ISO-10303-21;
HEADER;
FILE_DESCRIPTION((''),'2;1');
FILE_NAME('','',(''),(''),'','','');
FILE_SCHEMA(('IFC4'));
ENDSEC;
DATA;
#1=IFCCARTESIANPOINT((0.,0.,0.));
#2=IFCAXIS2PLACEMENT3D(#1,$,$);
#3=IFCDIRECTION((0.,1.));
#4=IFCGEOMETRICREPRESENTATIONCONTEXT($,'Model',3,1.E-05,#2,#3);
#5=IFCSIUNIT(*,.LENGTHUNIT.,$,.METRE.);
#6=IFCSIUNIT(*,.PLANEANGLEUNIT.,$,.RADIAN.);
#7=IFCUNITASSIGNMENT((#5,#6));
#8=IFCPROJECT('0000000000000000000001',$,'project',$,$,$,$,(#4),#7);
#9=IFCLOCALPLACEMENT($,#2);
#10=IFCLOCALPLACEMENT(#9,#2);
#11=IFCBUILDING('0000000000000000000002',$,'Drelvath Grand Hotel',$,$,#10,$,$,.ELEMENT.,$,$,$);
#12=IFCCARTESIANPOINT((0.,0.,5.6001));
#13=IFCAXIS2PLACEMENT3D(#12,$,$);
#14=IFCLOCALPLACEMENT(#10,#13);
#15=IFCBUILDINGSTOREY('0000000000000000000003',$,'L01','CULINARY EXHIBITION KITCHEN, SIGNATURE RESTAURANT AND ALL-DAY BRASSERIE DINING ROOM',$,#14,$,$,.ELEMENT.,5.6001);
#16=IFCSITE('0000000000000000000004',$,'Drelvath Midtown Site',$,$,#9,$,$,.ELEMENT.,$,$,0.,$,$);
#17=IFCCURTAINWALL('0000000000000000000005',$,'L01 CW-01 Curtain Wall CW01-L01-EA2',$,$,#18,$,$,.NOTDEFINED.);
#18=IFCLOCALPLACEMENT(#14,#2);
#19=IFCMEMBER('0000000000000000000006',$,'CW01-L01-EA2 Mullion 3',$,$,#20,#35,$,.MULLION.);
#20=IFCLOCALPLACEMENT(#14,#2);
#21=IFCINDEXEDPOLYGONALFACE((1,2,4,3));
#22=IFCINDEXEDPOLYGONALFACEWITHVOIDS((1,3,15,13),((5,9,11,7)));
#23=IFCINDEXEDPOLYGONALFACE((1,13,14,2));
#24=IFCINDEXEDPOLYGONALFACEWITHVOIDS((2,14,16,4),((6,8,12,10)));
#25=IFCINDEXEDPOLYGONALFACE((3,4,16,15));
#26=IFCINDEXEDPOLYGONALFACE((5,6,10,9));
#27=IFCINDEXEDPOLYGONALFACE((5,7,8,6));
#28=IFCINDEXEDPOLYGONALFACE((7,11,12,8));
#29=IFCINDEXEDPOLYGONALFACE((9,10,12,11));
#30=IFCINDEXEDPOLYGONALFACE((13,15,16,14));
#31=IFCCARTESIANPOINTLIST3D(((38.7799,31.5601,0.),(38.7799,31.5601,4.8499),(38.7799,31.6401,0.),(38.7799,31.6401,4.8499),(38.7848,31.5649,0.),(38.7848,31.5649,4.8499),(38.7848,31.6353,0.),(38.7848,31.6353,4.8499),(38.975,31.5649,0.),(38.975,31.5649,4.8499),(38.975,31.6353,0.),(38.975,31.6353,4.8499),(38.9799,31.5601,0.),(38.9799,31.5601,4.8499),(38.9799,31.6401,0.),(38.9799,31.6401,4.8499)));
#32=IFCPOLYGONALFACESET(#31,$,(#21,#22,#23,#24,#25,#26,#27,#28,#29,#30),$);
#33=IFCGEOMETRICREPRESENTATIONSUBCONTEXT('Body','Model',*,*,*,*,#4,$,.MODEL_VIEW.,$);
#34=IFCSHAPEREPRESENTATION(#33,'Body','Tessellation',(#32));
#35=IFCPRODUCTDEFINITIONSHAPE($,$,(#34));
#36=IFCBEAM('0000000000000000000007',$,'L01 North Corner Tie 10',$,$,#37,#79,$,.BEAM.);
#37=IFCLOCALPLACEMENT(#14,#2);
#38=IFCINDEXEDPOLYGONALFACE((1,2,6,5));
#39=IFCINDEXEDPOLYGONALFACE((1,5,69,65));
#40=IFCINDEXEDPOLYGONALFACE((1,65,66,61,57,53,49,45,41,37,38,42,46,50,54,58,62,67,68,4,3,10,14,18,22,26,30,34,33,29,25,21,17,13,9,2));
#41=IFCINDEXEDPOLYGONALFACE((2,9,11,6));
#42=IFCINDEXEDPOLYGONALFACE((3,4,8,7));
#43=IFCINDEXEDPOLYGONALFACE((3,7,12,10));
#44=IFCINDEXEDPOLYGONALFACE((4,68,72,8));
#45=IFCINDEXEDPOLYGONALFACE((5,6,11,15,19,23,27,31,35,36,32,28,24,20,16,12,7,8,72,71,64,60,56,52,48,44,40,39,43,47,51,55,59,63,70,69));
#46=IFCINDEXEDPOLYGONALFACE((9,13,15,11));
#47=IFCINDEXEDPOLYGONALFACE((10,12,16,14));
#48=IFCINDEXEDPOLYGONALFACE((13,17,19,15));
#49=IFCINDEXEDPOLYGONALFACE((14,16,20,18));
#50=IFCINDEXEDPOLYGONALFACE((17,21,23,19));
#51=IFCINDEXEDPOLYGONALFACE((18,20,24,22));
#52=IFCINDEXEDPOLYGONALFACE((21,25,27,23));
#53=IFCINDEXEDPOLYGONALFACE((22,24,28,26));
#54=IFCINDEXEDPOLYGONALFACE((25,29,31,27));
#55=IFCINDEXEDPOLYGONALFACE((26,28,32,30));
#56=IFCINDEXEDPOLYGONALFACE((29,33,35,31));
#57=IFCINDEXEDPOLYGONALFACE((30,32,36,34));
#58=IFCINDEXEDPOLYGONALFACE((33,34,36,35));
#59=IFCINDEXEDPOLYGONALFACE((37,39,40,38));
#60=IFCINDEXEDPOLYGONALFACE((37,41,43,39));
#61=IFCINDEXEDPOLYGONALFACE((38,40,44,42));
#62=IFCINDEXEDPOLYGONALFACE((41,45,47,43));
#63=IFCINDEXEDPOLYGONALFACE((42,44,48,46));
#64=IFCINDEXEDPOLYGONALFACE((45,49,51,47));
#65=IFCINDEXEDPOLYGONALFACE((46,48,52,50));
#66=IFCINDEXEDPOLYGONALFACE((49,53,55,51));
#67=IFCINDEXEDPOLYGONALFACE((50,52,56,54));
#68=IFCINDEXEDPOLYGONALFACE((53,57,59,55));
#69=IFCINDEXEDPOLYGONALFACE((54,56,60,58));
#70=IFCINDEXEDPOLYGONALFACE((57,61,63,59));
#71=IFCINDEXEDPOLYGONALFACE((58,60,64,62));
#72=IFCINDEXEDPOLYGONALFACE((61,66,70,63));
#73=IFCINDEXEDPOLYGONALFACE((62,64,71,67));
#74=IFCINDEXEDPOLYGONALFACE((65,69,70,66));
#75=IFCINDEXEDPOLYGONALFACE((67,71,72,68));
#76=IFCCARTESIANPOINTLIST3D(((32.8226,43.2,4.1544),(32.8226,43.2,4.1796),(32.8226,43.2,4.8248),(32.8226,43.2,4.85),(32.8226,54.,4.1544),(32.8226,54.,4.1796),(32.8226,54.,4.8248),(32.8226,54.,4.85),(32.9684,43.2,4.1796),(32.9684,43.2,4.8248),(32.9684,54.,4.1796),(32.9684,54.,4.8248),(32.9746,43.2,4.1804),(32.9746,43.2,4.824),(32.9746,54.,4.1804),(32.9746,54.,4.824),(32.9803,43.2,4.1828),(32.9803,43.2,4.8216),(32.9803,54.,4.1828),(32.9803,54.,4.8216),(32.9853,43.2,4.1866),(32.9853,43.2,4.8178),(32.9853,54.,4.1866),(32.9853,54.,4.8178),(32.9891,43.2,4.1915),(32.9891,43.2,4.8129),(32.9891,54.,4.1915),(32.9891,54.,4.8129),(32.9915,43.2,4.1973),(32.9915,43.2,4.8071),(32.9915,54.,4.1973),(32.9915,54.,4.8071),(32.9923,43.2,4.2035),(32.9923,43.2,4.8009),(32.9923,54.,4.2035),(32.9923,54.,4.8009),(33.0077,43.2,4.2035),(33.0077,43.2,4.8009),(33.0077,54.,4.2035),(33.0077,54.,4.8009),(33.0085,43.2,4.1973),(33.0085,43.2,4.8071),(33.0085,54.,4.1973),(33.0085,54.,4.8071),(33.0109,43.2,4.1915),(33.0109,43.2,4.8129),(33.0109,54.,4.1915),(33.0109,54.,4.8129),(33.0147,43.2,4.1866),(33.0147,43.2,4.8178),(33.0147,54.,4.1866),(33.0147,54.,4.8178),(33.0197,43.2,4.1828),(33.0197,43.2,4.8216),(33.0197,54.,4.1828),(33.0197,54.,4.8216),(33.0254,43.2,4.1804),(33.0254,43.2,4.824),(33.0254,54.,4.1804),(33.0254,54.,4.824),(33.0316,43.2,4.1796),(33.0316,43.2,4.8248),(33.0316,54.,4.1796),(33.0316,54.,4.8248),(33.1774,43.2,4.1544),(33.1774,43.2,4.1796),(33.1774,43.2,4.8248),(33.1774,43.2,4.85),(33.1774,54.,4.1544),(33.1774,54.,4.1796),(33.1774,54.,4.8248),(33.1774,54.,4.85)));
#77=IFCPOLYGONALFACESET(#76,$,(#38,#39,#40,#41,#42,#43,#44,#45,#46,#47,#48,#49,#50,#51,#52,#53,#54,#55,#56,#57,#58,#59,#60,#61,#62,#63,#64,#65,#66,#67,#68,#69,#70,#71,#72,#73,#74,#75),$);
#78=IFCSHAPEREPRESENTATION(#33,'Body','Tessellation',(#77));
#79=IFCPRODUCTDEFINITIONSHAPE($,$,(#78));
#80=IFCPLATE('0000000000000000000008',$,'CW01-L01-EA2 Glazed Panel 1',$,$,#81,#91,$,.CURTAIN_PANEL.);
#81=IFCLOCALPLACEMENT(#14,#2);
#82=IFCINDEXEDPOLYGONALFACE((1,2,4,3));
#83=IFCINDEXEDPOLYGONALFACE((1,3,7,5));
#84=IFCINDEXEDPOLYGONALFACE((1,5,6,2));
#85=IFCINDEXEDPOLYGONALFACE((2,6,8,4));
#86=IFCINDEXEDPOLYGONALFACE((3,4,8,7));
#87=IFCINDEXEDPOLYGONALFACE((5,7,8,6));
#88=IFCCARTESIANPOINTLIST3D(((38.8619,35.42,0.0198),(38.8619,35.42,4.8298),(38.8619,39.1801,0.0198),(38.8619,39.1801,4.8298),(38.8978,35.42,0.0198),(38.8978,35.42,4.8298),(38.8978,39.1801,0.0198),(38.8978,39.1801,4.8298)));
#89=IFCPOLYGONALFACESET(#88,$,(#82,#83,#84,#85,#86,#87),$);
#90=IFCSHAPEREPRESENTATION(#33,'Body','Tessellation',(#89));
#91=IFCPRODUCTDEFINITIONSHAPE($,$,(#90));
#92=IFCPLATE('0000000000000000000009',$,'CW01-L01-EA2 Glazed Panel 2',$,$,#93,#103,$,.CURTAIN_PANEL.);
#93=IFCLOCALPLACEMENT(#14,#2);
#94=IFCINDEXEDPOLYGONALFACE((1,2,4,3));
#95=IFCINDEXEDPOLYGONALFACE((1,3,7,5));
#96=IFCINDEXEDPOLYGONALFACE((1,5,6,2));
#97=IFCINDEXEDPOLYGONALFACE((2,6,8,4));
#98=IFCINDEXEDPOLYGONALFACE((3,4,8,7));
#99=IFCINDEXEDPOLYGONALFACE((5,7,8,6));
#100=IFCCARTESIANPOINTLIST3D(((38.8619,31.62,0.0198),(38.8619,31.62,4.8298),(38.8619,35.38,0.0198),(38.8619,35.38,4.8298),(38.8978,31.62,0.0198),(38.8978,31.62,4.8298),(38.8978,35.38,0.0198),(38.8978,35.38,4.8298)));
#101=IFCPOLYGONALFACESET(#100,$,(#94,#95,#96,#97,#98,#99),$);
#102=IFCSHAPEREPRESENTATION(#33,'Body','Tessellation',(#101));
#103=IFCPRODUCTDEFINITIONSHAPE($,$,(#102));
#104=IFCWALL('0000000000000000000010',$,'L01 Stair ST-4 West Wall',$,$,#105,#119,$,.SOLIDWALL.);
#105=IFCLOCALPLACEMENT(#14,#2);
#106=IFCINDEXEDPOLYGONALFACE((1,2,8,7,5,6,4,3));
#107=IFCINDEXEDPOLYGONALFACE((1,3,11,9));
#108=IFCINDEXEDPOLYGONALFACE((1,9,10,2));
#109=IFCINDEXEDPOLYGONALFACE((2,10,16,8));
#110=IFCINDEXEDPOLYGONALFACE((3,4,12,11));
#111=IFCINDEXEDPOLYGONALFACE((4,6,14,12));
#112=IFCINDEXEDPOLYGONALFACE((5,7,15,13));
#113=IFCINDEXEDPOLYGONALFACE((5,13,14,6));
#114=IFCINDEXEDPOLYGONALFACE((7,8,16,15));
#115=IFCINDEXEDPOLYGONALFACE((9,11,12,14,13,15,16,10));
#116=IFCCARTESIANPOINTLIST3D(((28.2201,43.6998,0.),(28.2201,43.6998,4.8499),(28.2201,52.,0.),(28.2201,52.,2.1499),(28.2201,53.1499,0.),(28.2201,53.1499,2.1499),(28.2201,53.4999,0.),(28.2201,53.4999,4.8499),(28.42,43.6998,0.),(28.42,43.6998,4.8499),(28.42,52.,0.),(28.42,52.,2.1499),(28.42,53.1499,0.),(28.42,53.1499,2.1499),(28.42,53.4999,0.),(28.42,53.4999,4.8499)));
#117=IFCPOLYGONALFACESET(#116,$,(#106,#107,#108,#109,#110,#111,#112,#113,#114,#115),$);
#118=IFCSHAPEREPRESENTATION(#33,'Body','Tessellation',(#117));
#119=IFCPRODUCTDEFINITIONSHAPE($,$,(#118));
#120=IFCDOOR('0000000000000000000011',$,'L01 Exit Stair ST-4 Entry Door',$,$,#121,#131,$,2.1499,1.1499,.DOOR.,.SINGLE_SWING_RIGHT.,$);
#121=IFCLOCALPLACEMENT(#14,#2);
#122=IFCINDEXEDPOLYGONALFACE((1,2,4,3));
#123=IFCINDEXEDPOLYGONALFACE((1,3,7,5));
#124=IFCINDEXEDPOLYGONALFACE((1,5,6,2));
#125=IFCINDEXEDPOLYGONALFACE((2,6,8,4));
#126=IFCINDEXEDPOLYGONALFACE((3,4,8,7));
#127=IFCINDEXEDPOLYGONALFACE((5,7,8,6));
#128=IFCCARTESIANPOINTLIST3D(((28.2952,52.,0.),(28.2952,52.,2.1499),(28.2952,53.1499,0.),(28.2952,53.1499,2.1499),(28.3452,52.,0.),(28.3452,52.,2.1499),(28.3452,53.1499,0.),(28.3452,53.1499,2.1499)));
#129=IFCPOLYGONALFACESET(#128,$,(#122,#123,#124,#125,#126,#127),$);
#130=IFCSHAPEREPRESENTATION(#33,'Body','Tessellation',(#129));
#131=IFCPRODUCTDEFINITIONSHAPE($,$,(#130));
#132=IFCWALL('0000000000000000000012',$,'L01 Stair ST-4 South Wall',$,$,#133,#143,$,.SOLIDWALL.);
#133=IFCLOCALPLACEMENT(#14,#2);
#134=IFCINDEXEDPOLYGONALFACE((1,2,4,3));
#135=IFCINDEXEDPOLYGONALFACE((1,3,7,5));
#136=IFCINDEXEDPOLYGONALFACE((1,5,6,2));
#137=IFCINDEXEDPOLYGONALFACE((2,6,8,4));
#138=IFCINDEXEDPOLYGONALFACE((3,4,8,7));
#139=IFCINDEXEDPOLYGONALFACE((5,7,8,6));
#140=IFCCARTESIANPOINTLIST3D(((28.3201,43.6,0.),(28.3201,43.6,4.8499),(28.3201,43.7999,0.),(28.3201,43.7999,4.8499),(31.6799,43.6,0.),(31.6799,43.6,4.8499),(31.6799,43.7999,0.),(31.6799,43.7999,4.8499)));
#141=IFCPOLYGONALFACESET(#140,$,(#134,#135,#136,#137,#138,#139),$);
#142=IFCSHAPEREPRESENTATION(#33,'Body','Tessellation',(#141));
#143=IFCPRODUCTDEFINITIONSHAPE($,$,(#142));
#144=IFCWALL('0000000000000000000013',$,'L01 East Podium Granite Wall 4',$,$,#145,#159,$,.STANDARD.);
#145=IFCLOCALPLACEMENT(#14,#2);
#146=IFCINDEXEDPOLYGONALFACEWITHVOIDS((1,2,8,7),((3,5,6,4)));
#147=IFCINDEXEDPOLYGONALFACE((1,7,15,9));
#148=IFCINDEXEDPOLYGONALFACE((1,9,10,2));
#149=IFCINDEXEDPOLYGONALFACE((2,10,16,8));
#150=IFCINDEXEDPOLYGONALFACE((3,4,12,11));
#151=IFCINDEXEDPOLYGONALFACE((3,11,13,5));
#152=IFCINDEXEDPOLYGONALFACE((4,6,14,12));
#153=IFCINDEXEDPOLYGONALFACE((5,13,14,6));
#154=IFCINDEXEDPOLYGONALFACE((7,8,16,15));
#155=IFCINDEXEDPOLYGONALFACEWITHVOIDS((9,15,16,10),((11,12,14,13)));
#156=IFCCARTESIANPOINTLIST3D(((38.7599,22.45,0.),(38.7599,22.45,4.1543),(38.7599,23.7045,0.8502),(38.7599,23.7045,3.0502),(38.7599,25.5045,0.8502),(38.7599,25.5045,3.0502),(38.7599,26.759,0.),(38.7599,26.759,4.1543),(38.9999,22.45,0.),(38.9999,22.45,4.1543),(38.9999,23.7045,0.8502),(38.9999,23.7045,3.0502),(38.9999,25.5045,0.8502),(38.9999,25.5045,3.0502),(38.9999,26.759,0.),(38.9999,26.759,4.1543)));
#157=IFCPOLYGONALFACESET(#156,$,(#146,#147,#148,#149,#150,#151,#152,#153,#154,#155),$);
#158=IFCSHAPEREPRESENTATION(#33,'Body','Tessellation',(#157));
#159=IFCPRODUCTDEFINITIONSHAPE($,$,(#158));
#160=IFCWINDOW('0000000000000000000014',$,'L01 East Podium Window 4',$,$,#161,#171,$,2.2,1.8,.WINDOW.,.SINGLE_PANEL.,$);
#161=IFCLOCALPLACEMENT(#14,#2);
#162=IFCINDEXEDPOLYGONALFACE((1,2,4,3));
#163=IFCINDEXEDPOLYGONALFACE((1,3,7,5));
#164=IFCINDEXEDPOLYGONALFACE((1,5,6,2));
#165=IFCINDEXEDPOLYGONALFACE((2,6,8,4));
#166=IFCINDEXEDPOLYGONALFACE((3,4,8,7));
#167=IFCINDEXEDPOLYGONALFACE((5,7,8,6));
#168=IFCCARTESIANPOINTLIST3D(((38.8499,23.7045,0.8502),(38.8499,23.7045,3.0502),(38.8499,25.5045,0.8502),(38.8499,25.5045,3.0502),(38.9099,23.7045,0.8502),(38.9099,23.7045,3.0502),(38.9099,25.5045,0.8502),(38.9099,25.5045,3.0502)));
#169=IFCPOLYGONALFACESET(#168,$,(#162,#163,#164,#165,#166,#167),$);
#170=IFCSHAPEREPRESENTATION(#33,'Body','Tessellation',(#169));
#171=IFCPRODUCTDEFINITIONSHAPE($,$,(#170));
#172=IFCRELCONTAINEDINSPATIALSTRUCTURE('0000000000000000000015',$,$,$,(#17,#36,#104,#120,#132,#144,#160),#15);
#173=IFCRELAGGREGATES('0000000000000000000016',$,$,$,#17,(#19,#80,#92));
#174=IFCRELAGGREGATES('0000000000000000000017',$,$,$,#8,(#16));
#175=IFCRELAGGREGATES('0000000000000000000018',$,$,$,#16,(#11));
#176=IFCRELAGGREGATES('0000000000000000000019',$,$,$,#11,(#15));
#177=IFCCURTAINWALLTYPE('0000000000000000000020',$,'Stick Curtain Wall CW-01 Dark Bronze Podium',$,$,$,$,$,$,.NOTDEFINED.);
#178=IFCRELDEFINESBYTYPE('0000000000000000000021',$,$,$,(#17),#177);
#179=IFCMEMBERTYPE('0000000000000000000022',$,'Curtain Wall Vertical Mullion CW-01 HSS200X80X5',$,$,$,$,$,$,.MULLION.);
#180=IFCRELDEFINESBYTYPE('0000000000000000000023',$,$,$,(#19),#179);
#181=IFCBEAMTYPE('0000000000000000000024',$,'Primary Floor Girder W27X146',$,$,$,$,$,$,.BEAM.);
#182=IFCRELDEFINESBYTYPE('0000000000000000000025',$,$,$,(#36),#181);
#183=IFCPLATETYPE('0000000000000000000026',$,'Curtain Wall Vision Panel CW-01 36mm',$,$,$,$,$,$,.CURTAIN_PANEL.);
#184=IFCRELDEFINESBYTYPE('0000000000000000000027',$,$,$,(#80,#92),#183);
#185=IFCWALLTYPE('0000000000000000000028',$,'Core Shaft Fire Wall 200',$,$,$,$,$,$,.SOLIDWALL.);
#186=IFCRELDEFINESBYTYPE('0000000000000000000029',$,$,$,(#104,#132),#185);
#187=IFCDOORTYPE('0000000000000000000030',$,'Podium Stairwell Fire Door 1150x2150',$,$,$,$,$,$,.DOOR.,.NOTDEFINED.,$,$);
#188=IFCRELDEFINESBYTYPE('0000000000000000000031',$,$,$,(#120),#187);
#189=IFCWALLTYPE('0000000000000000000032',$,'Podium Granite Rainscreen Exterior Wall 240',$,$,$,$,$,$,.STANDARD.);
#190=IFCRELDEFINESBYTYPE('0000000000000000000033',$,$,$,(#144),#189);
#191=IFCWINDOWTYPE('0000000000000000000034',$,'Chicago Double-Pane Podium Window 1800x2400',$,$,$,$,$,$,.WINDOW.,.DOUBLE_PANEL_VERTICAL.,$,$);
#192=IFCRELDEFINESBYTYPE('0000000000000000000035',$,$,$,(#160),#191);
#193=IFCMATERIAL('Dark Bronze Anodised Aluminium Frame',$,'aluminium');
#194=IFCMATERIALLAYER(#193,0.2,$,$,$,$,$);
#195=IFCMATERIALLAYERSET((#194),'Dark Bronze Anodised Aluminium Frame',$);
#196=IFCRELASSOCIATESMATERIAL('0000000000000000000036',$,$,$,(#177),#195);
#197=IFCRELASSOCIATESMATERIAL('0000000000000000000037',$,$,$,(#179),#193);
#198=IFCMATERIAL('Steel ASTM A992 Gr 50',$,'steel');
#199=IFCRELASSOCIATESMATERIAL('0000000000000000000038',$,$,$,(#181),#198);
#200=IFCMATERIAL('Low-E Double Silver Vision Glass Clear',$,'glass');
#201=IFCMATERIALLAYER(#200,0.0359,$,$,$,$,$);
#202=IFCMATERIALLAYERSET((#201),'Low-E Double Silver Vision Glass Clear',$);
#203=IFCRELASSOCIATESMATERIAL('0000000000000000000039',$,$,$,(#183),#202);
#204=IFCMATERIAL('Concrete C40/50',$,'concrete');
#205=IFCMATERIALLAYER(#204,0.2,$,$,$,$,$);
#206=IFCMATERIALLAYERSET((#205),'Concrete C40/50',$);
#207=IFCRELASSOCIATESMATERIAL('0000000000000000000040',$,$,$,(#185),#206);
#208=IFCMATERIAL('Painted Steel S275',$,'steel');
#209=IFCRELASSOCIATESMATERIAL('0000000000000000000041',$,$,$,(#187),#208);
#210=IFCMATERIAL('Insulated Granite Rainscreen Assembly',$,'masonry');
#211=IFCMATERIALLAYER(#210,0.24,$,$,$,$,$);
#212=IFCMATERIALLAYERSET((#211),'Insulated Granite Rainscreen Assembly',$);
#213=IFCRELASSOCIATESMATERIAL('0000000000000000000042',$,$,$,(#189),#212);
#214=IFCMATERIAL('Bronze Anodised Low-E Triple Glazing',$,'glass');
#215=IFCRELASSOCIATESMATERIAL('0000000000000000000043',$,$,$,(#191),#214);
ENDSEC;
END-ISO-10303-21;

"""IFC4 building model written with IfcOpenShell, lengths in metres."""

from ifc_helpers import new_model, si_unit, direction, frame, frame_2d, origin, origin_2d, place, context, subcontext, project, spatial, rectangle, hollow_rectangle, i_section, extrude, material, layer, layer_set, material_profile, profile_set, type_object, element, fill, aggregate, save


model = new_model("IFC4")

# Units and contexts
model_context = context("Model", 3, precision=1e-05, world=origin(), true_north=direction((0.0, 1.0)))
body_context = subcontext(model_context, "Body", "Model", "MODEL_VIEW")
ifc_project = project(units=[si_unit("LENGTHUNIT", "METRE"), si_unit("PLANEANGLEUNIT", "RADIAN")], contexts=[model_context])

# Site, building, storey
site_placement = place(None, origin())
site = spatial("IfcSite", under=ifc_project, at=site_placement, Name="Drelvath Midtown Site", CompositionType="ELEMENT", RefElevation=0.0)
building_placement = place(site_placement, origin())
building = spatial("IfcBuilding", under=site, at=building_placement, Name="Drelvath Grand Hotel", CompositionType="ELEMENT")
storey_placement = place(building_placement, frame((0.0, 0.0, 5.6001)))
storey = spatial("IfcBuildingStorey", under=building, at=storey_placement, Name="L01", Description="CULINARY EXHIBITION KITCHEN, SIGNATURE RESTAURANT AND ALL-DAY BRASSERIE DINING ROOM", CompositionType="ELEMENT", Elevation=5.6001)

# Curtain wall, member
ifc_material_1 = material(Name="Dark Bronze Anodised Aluminium Frame", Category="aluminium")
ifc_layer_1 = layer(ifc_material_1, 0.2)
ifc_layer_set_1 = layer_set([ifc_layer_1], Name="Dark Bronze Anodised Aluminium Frame")
curtain_wall_type = type_object("IfcCurtainWallType", Name="Stick Curtain Wall CW-01 Dark Bronze Podium", PredefinedType="NOTDEFINED", material=ifc_layer_set_1)
curtain_wall_placement = place(storey_placement, origin())
curtain_wall = element("IfcCurtainWall", 1, at=curtain_wall_placement, inside=storey, type_object=curtain_wall_type, Name="L01 CW-01 Curtain Wall CW01-L01-EA2", PredefinedType="NOTDEFINED")
ifc_material_profile_1 = material_profile(ifc_material_1, hollow_rectangle(XDim=0.0801, YDim=0.2, WallThickness=0.0049, at=origin_2d()), Name="HSS200X80X5")
ifc_profile_set_1 = profile_set([ifc_material_profile_1], Name="Dark Bronze Anodised Aluminium Frame")
member_type_1 = type_object("IfcMemberType", Name="Curtain Wall Vertical Mullion CW-01 HSS200X80X5", PredefinedType="MULLION", material=ifc_profile_set_1)
member_1_placement = place(storey_placement, frame((38.8799, 31.6001, 0.0), z_axis=(0.0, 0.0, 1.0), x_axis=(0.0, 1.0, 0.0)))
member_1 = element("IfcMember", 2, at=member_1_placement, type_object=member_type_1, Name="CW01-L01-EA2 Mullion 3", PredefinedType="MULLION", context=body_context, shape_type="SweptSolid", body=[
    extrude(hollow_rectangle(XDim=0.0801, YDim=0.2, WallThickness=0.0049, at=origin_2d()), origin(), (0.0, 0.0, 1.0), 4.8499),
])

# Beam
ifc_material_2 = material(Name="Steel ASTM A992 Gr 50", Category="steel")
ifc_material_profile_2 = material_profile(ifc_material_2, i_section(OverallWidth=0.3547, OverallDepth=0.6956, WebThickness=0.0154, FlangeThickness=0.0251, FilletRadius=0.0239, at=origin_2d()), Name="W27X146")
ifc_profile_set_2 = profile_set([ifc_material_profile_2], Name="Steel ASTM A992 Gr 50")
beam_type = type_object("IfcBeamType", Name="Primary Floor Girder W27X146", PredefinedType="BEAM", material=ifc_profile_set_2)
beam_placement = place(storey_placement, frame((33.0, 43.2, 4.5022), z_axis=(0.0, 1.0, 0.0), x_axis=(-1.0, 0.0, 0.0)))
element("IfcBeam", 3, at=beam_placement, inside=storey, type_object=beam_type, Name="L01 North Corner Tie 10", PredefinedType="BEAM", context=body_context, shape_type="SweptSolid", body=[
    extrude(i_section(OverallWidth=0.3547, OverallDepth=0.6956, WebThickness=0.0154, FlangeThickness=0.0251, FilletRadius=0.0239, at=origin_2d()), origin(), (0.0, 0.0, 1.0), 10.8),
])

# Plates
ifc_material_3 = material(Name="Low-E Double Silver Vision Glass Clear", Category="glass")
ifc_layer_2 = layer(ifc_material_3, 0.0359)
ifc_layer_set_2 = layer_set([ifc_layer_2], Name="Low-E Double Silver Vision Glass Clear")
plate_type = type_object("IfcPlateType", Name="Curtain Wall Vision Panel CW-01 36mm", PredefinedType="CURTAIN_PANEL", material=ifc_layer_set_2)
plate_1_placement = place(storey_placement, frame((38.8799, 37.3, 0.0198), z_axis=(0.0, 0.0, 1.0), x_axis=(0.0, -1.0, 0.0)))
plate_1 = element("IfcPlate", 4, at=plate_1_placement, type_object=plate_type, Name="CW01-L01-EA2 Glazed Panel 1", PredefinedType="CURTAIN_PANEL", context=body_context, shape_type="SweptSolid", body=[
    extrude(rectangle(XDim=3.76, YDim=0.0359, at=origin_2d()), origin(), (0.0, 0.0, 1.0), 4.8101),
])
plate_2_placement = place(storey_placement, frame((38.8799, 33.5, 0.0198), z_axis=(0.0, 0.0, 1.0), x_axis=(0.0, -1.0, 0.0)))
plate_2 = element("IfcPlate", 5, at=plate_2_placement, type_object=plate_type, Name="CW01-L01-EA2 Glazed Panel 2", PredefinedType="CURTAIN_PANEL", context=body_context, shape_type="SweptSolid", body=[
    extrude(rectangle(XDim=3.76, YDim=0.0359, at=origin_2d()), origin(), (0.0, 0.0, 1.0), 4.8101),
])
aggregate(curtain_wall, [member_1, plate_1, plate_2])

# Wall, opening, door
ifc_material_4 = material(Name="Concrete C40/50", Category="concrete")
ifc_layer_3 = layer(ifc_material_4, 0.2)
ifc_layer_set_3 = layer_set([ifc_layer_3], Name="Concrete C40/50")
wall_type_1 = type_object("IfcWallType", Name="Core Shaft Fire Wall 200", PredefinedType="SOLIDWALL", material=ifc_layer_set_3)
wall_1_placement = place(storey_placement, frame((28.3201, 43.7, 0.0), z_axis=(0.0, 0.0, 1.0), x_axis=(0.0, 1.0, 0.0)))
wall_1 = element("IfcWall", 6, at=wall_1_placement, inside=storey, type_object=wall_type_1, Name="L01 Stair ST-4 West Wall", PredefinedType="SOLIDWALL", context=body_context, shape_type="SweptSolid", body=[
    extrude(rectangle(XDim=9.8, YDim=0.2, at=frame_2d((4.8999, 0.0))), origin(), (0.0, 0.0, 1.0), 4.8499),
])
opening_1_placement = place(wall_1_placement, frame((8.3, 0.0, 0.0)))
opening_1 = element("IfcOpeningElement", 7, at=opening_1_placement, cuts=wall_1, PredefinedType="OPENING", context=body_context, shape_type="SweptSolid", body=[
    extrude(rectangle(XDim=1.1499, YDim=2.1499, at=frame_2d((0.575, 1.075))), frame((0.0, 0.1099, 0.0), z_axis=(0.0, -1.0, 0.0), x_axis=(1.0, 0.0, 0.0)), (0.0, 0.0, 1.0), 0.22),
])
ifc_material_5 = material(Name="Painted Steel S275", Category="steel")
door_type = type_object("IfcDoorType", Name="Podium Stairwell Fire Door 1150x2150", OperationType="NOTDEFINED", PredefinedType="DOOR", material=ifc_material_5)
door_placement = place(opening_1_placement, origin())
door = element("IfcDoor", 8, at=door_placement, inside=storey, type_object=door_type, Name="L01 Exit Stair ST-4 Entry Door", OperationType="SINGLE_SWING_RIGHT", OverallHeight=2.1499, OverallWidth=1.1499, PredefinedType="DOOR", context=body_context, shape_type="SweptSolid", body=[
    extrude(rectangle(XDim=1.1499, YDim=2.1499, at=frame_2d((0.575, 1.075))), frame((0.0, 0.0249, 0.0), z_axis=(0.0, -1.0, 0.0), x_axis=(1.0, 0.0, 0.0)), (0.0, 0.0, 1.0), 0.05),
])
fill(opening_1, door)

# Wall
wall_2_placement = place(storey_placement, frame((28.3201, 43.7, 0.0), z_axis=(0.0, 0.0, 1.0), x_axis=(1.0, 0.0, 0.0)))
element("IfcWall", 9, at=wall_2_placement, inside=storey, type_object=wall_type_1, Name="L01 Stair ST-4 South Wall", PredefinedType="SOLIDWALL", context=body_context, shape_type="SweptSolid", body=[
    extrude(rectangle(XDim=3.3599, YDim=0.2, at=frame_2d((1.6799, 0.0))), origin(), (0.0, 0.0, 1.0), 4.8499),
])

# Wall, opening, window
ifc_material_6 = material(Name="Insulated Granite Rainscreen Assembly", Category="masonry")
ifc_layer_4 = layer(ifc_material_6, 0.24)
ifc_layer_set_4 = layer_set([ifc_layer_4], Name="Insulated Granite Rainscreen Assembly")
wall_type_2 = type_object("IfcWallType", Name="Podium Granite Rainscreen Exterior Wall 240", PredefinedType="STANDARD", material=ifc_layer_set_4)
wall_3_placement = place(storey_placement, frame((38.8799, 26.759, 0.0), z_axis=(0.0, 0.0, 1.0), x_axis=(0.0, -1.0, 0.0)))
wall_3 = element("IfcWall", 10, at=wall_3_placement, inside=storey, type_object=wall_type_2, Name="L01 East Podium Granite Wall 4", PredefinedType="STANDARD", context=body_context, shape_type="SweptSolid", body=[
    extrude(rectangle(XDim=4.3091, YDim=0.24, at=frame_2d((2.1545, 0.0))), origin(), (0.0, 0.0, 1.0), 4.1543),
])
opening_2_placement = place(wall_3_placement, frame((1.2546, 0.0, 0.8501)))
opening_2 = element("IfcOpeningElement", 11, at=opening_2_placement, cuts=wall_3, PredefinedType="OPENING", context=body_context, shape_type="SweptSolid", body=[
    extrude(rectangle(XDim=1.8, YDim=2.2, at=frame_2d((0.8999, 1.1001))), frame((0.0, 0.1299, 0.0), z_axis=(0.0, -1.0, 0.0), x_axis=(1.0, 0.0, 0.0)), (0.0, 0.0, 1.0), 0.26),
])
ifc_material_7 = material(Name="Bronze Anodised Low-E Triple Glazing", Category="glass")
window_type = type_object("IfcWindowType", Name="Chicago Double-Pane Podium Window 1800x2400", PartitioningType="DOUBLE_PANEL_VERTICAL", PredefinedType="WINDOW", material=ifc_material_7)
window_1_placement = place(opening_2_placement, origin())
window_1 = element("IfcWindow", 12, at=window_1_placement, inside=storey, type_object=window_type, Name="L01 East Podium Window 4", OverallHeight=2.2, OverallWidth=1.8, PartitioningType="SINGLE_PANEL", PredefinedType="WINDOW", context=body_context, shape_type="SweptSolid", body=[
    extrude(rectangle(XDim=1.8, YDim=2.2, at=frame_2d((0.8999, 1.1001))), frame((0.0, 0.03, 0.0), z_axis=(0.0, -1.0, 0.0), x_axis=(1.0, 0.0, 0.0)), (0.0, 0.0, 1.0), 0.0601),
])
fill(opening_2, window_1)

save(model, "model.ifc")
